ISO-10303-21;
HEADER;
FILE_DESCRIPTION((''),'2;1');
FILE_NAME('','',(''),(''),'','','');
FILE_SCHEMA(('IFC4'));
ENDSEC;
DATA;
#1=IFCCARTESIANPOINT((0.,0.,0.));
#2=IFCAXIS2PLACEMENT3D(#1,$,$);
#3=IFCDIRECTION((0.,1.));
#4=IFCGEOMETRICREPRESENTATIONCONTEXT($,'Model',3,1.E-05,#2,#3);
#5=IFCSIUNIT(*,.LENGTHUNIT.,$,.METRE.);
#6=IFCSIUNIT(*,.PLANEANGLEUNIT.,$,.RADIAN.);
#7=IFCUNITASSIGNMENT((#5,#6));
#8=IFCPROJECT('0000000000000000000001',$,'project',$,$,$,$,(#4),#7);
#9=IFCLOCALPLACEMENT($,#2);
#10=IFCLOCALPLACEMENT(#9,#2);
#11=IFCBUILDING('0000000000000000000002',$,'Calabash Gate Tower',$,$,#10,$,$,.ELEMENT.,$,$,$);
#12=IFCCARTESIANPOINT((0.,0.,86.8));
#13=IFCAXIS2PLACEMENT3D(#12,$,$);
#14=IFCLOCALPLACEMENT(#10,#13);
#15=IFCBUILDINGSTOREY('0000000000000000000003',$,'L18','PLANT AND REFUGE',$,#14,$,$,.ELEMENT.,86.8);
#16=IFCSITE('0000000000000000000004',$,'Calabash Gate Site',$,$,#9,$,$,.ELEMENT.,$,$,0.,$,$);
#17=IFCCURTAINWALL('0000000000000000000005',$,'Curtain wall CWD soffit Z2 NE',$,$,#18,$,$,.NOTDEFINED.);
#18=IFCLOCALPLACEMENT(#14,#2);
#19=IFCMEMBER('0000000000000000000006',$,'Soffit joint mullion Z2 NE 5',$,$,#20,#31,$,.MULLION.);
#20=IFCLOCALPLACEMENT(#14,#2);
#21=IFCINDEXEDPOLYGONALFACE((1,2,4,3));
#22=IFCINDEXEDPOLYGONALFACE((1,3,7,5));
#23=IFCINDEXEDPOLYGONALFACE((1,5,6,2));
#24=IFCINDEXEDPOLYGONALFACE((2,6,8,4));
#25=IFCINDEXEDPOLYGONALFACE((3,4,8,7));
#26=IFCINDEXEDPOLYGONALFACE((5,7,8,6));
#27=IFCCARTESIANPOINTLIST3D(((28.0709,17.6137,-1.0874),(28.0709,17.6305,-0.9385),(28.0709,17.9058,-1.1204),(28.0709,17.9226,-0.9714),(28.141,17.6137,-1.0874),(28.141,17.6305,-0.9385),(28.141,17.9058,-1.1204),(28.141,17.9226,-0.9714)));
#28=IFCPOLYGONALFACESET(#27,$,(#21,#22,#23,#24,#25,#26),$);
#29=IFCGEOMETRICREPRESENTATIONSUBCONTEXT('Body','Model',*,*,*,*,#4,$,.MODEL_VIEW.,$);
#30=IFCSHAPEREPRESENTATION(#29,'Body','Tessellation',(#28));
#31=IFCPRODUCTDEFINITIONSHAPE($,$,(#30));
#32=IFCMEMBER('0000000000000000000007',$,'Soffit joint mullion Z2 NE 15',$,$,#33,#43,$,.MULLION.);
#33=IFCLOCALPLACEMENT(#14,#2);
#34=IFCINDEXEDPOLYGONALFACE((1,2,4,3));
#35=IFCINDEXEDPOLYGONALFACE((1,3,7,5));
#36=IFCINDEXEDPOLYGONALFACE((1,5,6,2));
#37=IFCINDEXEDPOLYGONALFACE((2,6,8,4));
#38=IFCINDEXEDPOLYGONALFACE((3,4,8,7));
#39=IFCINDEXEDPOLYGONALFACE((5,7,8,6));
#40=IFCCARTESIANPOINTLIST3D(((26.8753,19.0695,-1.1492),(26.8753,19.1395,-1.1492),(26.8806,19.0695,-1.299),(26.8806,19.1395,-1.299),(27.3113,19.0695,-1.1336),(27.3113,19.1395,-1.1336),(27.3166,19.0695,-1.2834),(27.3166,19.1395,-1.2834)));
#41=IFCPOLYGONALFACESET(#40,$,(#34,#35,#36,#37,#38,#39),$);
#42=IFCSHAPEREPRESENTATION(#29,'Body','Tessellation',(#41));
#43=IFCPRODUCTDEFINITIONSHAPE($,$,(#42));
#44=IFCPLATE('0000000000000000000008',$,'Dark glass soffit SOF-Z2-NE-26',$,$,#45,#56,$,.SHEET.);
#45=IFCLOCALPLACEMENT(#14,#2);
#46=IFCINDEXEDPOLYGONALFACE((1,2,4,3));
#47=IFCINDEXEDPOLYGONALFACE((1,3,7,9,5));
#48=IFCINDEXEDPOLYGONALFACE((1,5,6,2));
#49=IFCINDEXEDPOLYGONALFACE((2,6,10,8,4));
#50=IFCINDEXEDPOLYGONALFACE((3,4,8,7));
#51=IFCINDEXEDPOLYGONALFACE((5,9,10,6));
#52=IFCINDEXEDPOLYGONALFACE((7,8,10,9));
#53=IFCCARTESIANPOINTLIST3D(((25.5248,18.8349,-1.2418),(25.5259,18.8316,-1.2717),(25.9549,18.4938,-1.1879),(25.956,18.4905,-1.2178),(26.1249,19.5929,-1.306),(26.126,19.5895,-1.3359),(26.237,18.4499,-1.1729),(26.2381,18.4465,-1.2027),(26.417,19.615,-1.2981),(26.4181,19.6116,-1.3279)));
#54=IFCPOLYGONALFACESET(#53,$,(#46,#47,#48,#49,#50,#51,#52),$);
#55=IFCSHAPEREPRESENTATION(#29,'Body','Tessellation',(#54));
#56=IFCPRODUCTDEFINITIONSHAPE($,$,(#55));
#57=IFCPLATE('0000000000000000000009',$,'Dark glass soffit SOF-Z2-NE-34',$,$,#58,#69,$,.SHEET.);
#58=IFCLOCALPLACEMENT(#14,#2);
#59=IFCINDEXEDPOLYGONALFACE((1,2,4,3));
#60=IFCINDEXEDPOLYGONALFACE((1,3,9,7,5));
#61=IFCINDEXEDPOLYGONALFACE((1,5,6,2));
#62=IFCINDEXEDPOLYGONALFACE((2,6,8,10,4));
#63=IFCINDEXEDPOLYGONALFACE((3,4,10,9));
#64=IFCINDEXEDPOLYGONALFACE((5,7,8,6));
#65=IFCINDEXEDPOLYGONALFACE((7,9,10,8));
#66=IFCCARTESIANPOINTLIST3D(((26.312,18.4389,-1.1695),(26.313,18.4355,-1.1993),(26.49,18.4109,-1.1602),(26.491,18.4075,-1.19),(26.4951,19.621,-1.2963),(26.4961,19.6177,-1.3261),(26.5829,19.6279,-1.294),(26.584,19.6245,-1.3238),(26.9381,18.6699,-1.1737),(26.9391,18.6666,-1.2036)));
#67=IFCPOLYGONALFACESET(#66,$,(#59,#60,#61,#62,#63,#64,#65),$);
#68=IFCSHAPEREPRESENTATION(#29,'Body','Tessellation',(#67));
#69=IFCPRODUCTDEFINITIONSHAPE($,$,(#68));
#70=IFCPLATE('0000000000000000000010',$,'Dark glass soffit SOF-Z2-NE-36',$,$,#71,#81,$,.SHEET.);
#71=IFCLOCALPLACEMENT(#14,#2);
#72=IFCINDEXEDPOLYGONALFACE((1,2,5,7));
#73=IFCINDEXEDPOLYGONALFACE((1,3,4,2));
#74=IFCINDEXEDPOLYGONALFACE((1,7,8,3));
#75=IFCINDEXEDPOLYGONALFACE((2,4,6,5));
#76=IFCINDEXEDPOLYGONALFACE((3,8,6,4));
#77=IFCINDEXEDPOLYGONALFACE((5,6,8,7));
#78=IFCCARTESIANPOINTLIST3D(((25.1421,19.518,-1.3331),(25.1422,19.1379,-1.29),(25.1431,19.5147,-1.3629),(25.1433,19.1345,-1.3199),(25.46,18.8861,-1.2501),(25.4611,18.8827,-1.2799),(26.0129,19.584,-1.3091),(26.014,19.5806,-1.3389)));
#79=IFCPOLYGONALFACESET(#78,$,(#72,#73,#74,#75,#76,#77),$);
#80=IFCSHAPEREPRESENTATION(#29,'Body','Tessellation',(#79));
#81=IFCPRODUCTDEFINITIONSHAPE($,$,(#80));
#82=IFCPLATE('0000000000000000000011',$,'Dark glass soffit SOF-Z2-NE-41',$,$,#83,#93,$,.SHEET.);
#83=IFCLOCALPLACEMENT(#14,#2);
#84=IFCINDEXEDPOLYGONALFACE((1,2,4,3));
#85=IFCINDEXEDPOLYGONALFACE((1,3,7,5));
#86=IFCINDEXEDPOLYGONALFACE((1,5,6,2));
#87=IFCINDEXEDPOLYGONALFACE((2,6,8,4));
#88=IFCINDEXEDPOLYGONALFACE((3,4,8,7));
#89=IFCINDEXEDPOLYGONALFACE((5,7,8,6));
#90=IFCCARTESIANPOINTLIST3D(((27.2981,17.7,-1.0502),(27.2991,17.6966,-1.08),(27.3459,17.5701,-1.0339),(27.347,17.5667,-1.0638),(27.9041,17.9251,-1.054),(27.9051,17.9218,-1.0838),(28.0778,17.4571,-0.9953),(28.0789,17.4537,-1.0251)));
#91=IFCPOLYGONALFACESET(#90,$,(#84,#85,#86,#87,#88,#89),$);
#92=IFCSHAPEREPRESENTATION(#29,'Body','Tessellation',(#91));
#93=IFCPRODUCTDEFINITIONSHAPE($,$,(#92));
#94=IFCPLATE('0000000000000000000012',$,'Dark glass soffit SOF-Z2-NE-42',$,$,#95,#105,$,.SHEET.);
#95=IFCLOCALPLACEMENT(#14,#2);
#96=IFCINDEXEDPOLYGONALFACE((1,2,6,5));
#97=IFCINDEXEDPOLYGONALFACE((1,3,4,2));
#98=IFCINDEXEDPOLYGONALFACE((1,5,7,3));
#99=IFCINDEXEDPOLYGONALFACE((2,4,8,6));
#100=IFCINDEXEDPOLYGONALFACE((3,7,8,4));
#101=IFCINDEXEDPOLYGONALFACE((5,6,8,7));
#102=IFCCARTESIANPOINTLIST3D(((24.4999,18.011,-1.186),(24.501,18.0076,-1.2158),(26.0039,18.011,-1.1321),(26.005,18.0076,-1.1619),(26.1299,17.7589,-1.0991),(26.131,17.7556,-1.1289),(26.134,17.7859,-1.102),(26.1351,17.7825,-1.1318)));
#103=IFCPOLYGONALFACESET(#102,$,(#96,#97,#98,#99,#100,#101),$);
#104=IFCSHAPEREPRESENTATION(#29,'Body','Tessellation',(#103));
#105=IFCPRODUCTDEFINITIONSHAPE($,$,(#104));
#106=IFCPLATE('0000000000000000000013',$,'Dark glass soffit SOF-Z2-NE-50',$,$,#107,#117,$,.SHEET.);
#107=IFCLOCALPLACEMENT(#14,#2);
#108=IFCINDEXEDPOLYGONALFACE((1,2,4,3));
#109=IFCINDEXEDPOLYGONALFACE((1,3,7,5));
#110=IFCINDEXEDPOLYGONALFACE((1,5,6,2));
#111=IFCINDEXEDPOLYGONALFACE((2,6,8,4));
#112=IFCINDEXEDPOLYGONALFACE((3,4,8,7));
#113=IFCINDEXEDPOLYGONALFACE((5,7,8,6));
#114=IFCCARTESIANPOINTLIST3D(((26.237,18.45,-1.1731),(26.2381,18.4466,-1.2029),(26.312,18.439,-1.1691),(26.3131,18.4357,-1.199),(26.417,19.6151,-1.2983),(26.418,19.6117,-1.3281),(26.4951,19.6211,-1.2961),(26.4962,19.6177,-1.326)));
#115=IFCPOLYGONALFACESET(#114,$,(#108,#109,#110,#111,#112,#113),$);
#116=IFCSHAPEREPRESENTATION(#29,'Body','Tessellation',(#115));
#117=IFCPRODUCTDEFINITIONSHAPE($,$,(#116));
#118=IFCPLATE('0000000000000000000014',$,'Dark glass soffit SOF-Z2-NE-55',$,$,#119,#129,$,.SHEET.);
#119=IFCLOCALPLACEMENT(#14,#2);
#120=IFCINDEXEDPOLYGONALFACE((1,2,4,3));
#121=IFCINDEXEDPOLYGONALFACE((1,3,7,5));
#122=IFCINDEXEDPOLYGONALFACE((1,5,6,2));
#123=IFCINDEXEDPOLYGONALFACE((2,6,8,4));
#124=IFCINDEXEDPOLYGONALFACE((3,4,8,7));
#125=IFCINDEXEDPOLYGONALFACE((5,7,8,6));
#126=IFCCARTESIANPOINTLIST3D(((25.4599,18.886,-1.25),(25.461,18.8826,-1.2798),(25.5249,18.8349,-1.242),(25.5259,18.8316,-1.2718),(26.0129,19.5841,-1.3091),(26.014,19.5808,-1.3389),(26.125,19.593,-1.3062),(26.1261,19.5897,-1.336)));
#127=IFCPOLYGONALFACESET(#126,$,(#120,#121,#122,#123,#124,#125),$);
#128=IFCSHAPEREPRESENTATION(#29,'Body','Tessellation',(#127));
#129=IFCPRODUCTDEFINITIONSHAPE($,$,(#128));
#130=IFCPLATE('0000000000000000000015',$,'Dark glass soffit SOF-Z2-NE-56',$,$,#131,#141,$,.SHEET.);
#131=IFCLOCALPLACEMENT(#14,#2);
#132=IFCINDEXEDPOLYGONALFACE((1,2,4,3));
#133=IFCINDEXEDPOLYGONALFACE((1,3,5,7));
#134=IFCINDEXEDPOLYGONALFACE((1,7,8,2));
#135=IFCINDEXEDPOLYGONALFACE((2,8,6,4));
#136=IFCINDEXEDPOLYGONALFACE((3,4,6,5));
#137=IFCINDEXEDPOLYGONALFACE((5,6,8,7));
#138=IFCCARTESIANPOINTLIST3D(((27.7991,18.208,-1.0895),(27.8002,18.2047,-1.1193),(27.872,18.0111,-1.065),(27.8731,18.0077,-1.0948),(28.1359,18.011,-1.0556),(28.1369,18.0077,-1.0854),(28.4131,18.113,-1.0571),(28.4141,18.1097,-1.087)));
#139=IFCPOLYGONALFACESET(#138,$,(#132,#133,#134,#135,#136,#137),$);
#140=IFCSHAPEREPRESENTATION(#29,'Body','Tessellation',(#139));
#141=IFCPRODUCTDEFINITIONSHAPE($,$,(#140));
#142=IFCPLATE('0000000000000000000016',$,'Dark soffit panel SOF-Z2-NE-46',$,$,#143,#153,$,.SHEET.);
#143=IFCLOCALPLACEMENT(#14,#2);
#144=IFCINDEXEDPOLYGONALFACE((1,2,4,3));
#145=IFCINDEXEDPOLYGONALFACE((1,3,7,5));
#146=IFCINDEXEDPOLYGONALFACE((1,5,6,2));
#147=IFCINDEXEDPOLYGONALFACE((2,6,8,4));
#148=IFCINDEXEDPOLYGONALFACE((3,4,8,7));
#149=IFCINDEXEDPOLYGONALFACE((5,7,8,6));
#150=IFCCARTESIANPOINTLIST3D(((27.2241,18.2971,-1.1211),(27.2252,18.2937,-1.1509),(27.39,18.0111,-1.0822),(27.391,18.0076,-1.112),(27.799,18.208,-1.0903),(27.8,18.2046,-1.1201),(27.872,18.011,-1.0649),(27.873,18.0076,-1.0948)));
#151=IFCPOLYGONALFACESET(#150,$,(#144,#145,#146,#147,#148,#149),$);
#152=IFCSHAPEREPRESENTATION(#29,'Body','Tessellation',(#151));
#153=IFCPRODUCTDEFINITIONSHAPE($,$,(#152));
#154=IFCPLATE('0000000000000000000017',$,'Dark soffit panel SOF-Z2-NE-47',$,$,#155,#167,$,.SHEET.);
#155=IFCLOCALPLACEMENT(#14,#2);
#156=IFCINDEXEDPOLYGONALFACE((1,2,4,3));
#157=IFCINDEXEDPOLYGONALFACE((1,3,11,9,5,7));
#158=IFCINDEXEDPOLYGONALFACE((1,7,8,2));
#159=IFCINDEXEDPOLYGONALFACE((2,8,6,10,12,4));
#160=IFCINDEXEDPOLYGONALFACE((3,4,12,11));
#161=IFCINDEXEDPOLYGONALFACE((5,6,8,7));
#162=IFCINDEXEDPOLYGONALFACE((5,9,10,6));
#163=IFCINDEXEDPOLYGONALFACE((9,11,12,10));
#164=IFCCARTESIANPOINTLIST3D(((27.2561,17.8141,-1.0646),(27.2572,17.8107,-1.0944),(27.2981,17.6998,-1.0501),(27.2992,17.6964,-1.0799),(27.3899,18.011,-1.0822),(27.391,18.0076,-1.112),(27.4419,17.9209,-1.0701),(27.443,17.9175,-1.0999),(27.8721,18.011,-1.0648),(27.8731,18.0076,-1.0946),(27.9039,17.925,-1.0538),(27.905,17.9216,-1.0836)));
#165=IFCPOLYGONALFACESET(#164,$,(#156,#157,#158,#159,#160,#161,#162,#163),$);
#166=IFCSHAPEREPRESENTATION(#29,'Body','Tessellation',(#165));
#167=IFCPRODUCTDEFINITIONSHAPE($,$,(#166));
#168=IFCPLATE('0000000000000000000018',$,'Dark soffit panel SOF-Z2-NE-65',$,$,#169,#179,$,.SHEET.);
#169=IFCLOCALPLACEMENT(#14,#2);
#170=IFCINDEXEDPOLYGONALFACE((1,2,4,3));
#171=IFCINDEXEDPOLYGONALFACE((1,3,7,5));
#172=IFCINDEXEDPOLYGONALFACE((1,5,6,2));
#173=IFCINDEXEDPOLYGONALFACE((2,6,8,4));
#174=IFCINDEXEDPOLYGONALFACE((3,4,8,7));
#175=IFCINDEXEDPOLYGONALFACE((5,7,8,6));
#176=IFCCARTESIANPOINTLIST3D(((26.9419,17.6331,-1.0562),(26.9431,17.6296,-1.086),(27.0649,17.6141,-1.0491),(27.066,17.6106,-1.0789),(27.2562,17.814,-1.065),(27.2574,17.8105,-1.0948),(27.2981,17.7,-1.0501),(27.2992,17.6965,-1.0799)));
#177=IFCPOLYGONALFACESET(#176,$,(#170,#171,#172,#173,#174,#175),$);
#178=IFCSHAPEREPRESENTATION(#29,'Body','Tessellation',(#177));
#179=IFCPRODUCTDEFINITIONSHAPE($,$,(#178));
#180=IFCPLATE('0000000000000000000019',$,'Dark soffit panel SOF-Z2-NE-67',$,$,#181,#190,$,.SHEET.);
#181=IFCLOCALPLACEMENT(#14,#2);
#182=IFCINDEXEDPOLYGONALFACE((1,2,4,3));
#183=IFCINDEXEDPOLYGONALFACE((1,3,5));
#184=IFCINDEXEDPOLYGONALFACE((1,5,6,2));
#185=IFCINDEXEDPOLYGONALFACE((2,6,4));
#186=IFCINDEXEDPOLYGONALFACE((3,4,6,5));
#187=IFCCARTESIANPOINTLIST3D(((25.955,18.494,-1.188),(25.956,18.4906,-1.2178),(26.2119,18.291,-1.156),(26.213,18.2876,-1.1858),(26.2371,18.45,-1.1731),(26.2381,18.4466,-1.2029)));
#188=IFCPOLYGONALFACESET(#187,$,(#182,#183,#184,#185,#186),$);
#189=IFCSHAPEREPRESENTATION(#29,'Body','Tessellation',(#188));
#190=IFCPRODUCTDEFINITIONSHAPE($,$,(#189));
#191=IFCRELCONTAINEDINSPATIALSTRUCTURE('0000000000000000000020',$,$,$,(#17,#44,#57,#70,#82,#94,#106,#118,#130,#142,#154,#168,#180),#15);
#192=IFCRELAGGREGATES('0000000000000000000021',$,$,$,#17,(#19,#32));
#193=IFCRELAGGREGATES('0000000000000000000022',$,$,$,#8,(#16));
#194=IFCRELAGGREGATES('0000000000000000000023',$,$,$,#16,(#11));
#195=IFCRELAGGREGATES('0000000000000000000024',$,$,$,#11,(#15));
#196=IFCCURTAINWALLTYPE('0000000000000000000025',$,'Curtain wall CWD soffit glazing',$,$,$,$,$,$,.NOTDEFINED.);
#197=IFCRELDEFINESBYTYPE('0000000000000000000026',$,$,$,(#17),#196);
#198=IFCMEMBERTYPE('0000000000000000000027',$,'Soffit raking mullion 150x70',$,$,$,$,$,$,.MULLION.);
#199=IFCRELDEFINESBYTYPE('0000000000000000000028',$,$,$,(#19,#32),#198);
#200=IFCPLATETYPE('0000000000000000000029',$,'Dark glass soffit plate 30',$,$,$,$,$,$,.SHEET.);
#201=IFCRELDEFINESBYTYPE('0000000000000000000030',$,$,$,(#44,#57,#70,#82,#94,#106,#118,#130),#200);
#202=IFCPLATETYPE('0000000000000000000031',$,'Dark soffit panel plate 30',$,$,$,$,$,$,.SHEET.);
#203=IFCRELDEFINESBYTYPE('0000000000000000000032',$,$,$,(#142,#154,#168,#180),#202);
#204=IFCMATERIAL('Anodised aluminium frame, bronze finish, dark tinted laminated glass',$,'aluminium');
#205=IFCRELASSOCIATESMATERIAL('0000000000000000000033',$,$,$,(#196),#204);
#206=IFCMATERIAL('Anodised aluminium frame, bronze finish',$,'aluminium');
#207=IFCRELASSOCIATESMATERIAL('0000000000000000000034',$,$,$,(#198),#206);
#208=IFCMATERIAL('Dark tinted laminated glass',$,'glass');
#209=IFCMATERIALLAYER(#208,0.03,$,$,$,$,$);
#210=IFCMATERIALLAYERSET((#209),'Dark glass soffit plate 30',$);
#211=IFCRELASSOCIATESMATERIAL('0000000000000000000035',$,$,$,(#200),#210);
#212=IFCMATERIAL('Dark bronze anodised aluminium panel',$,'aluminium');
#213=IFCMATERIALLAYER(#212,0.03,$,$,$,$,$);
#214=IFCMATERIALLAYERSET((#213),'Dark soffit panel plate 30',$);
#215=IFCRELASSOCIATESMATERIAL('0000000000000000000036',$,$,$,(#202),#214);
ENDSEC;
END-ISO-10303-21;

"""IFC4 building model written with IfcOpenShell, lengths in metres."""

from ifc_helpers import new_model, si_unit, direction, frame, origin, origin_2d, place, context, subcontext, project, spatial, polyline, rectangle, outline, extrude, material, layer, layer_set, material_profile, profile_set, type_object, element, aggregate, save


model = new_model("IFC4")

# Units and contexts
model_context = context("Model", 3, precision=1e-05, world=origin(), true_north=direction((0.0, 1.0)))
body_context = subcontext(model_context, "Body", "Model", "MODEL_VIEW")
ifc_project = project(units=[si_unit("LENGTHUNIT", "METRE"), si_unit("PLANEANGLEUNIT", "RADIAN")], contexts=[model_context])

# Site, building, storey
site_placement = place(None, origin())
site = spatial("IfcSite", under=ifc_project, at=site_placement, Name="Calabash Gate Site", CompositionType="ELEMENT", RefElevation=0.0)
building_placement = place(site_placement, origin())
building = spatial("IfcBuilding", under=site, at=building_placement, Name="Calabash Gate Tower", CompositionType="ELEMENT")
storey_placement = place(building_placement, frame((0.0, 0.0, 86.8)))
storey = spatial("IfcBuildingStorey", under=building, at=storey_placement, Name="L18", Description="PLANT AND REFUGE", CompositionType="ELEMENT", Elevation=86.8)

# Curtain wall, members
ifc_material_1 = material(Name="Anodised aluminium frame, bronze finish, dark tinted laminated glass", Category="aluminium")
curtain_wall_type = type_object("IfcCurtainWallType", Name="Curtain wall CWD soffit glazing", PredefinedType="NOTDEFINED", material=ifc_material_1)
curtain_wall_placement = place(storey_placement, origin())
curtain_wall = element("IfcCurtainWall", 1, at=curtain_wall_placement, inside=storey, type_object=curtain_wall_type, Name="Curtain wall CWD soffit Z2 NE", PredefinedType="NOTDEFINED")
ifc_material_2 = material(Name="Anodised aluminium frame, bronze finish", Category="aluminium")
ifc_material_profile = material_profile(ifc_material_2, rectangle(XDim=0.1499, YDim=0.0701, at=origin_2d()))
ifc_profile_set = profile_set([ifc_material_profile], Name="Anodised aluminium frame, bronze finish")
member_type = type_object("IfcMemberType", Name="Soffit raking mullion 150x70", PredefinedType="MULLION", material=ifc_profile_set)
member_1_placement = place(storey_placement, frame((28.106, 17.6221, -1.0129), z_axis=(0.0, 0.99369, -0.112164), x_axis=(0.0, 0.112164, 0.99369)))
member_1 = element("IfcMember", 2, at=member_1_placement, type_object=member_type, Name="Soffit joint mullion Z2 NE 5", PredefinedType="MULLION", context=body_context, shape_type="SweptSolid", body=[
    extrude(rectangle(XDim=0.1499, YDim=0.0701, at=origin_2d()), origin(), (0.0, 0.0, 1.0), 0.2939),
])
member_2_placement = place(storey_placement, frame((27.314, 19.1045, -1.2085), z_axis=(-0.999359, 0.0, -0.035811), x_axis=(-0.035811, 0.0, 0.999359)))
member_2 = element("IfcMember", 3, at=member_2_placement, type_object=member_type, Name="Soffit joint mullion Z2 NE 15", PredefinedType="MULLION", context=body_context, shape_type="SweptSolid", body=[
    extrude(rectangle(XDim=0.1499, YDim=0.0701, at=origin_2d()), origin(), (0.0, 0.0, 1.0), 0.4363),
])
aggregate(curtain_wall, [member_1, member_2])

# Plates
ifc_material_3 = material(Name="Dark tinted laminated glass", Category="glass")
ifc_layer_1 = layer(ifc_material_3, 0.03)
ifc_layer_set_1 = layer_set([ifc_layer_1], Name="Dark glass soffit plate 30")
plate_type_1 = type_object("IfcPlateType", Name="Dark glass soffit plate 30", PredefinedType="SHEET", material=ifc_layer_set_1)
plate_1_placement = place(storey_placement, frame((26.417, 19.615, -1.2981), z_axis=(-0.035475, 0.112183, 0.993054), x_axis=(-0.151788, -0.982756, 0.105597)))
element("IfcPlate", 4, at=plate_1_placement, inside=storey, type_object=plate_type_1, Name="Dark glass soffit SOF-Z2-NE-26", PredefinedType="SHEET", context=body_context, shape_type="SweptSolid", body=[
    extrude(outline(polyline([(0.0, 0.0), (1.1855, 0.0), (1.1836, -0.2859), (0.908, -0.7637), (0.0652, -0.2856), (0.0, 0.0)])), origin(), (0.0, 0.0, -1.0), 0.03),
])
plate_2_placement = place(storey_placement, frame((26.49, 18.4109, -1.1602), z_axis=(-0.034536, 0.111852, 0.993125), x_axis=(-0.98651, 0.155293, -0.051796)))
element("IfcPlate", 5, at=plate_2_placement, inside=storey, type_object=plate_type_1, Name="Dark glass soffit SOF-Z2-NE-34", PredefinedType="SHEET", context=body_context, shape_type="SweptSolid", body=[
    extrude(outline(polyline([(0.0, 0.0), (0.1804, 0.0), (0.1899, -1.2029), (0.1042, -1.2234), (-0.4011, -0.3274), (0.0, 0.0)])), origin(), (0.0, 0.0, -1.0), 0.03),
])
plate_3_placement = place(storey_placement, frame((26.0129, 19.584, -1.3091), z_axis=(-0.035846, 0.112381, 0.993018), x_axis=(-0.619613, -0.782116, 0.066146)))
element("IfcPlate", 6, at=plate_3_placement, inside=storey, type_object=plate_type_1, Name="Dark glass soffit SOF-Z2-NE-36", PredefinedType="SHEET", context=body_context, shape_type="SweptSolid", body=[
    extrude(outline(polyline([(0.0, 0.0), (0.8923, 0.0), (0.8896, -0.4075), (0.5896, -0.6448), (0.0, 0.0)])), origin(), (0.0, 0.0, -1.0), 0.03),
])
plate_4_placement = place(storey_placement, frame((27.3459, 17.5701, -1.0339), z_axis=(-0.035249, 0.111429, 0.993147), x_axis=(-0.343347, 0.931924, -0.116746)))
element("IfcPlate", 7, at=plate_4_placement, inside=storey, type_object=plate_type_1, Name="Dark glass soffit SOF-Z2-NE-41", PredefinedType="SHEET", context=body_context, shape_type="SweptSolid", body=[
    extrude(outline(polyline([(0.0, 0.0), (0.1394, 0.0), (0.1416, -0.6465), (-0.3611, -0.6477), (0.0, 0.0)])), origin(), (0.0, 0.0, -1.0), 0.03),
])
plate_5_placement = place(storey_placement, frame((26.0039, 18.011, -1.1321), z_axis=(-0.035597, 0.112108, 0.993058), x_axis=(0.49717, -0.860011, 0.114909)))
element("IfcPlate", 8, at=plate_5_placement, inside=storey, type_object=plate_type_1, Name="Dark glass soffit SOF-Z2-NE-42", PredefinedType="SHEET", context=body_context, shape_type="SweptSolid", body=[
    extrude(outline(polyline([(0.0, 0.0), (0.2617, 0.0), (0.2832, -0.0171), (-0.7539, -1.3025), (0.0, 0.0)])), origin(), (0.0, 0.0, -1.0), 0.03),
])
plate_6_placement = place(storey_placement, frame((26.4951, 19.6211, -1.2961), z_axis=(-0.036013, 0.112268, 0.993025), x_axis=(-0.152206, -0.982693, 0.10558)))
element("IfcPlate", 9, at=plate_6_placement, inside=storey, type_object=plate_type_1, Name="Dark glass soffit SOF-Z2-NE-50", PredefinedType="SHEET", context=body_context, shape_type="SweptSolid", body=[
    extrude(outline(polyline([(0.0, 0.0), (1.2029, 0.0), (1.2031, -0.0759), (0.0176, -0.0764), (0.0, 0.0)])), origin(), (0.0, 0.0, -1.0), 0.03),
])
plate_7_placement = place(storey_placement, frame((26.125, 19.593, -1.3062), z_axis=(-0.035097, 0.111885, 0.993101), x_axis=(-0.619319, -0.782339, 0.066252)))
element("IfcPlate", 10, at=plate_7_placement, inside=storey, type_object=plate_type_1, Name="Dark glass soffit SOF-Z2-NE-55", PredefinedType="SHEET", context=body_context, shape_type="SweptSolid", body=[
    extrude(outline(polyline([(0.0, 0.0), (0.969, 0.0), (0.9688, -0.083), (0.0762, -0.0828), (0.0, 0.0)])), origin(), (0.0, 0.0, -1.0), 0.03),
])
plate_8_placement = place(storey_placement, frame((28.4131, 18.113, -1.0571), z_axis=(-0.035244, 0.110806, 0.993217), x_axis=(-0.93845, -0.345375, 0.005231)))
element("IfcPlate", 11, at=plate_8_placement, inside=storey, type_object=plate_type_1, Name="Dark glass soffit SOF-Z2-NE-56", PredefinedType="SHEET", context=body_context, shape_type="SweptSolid", body=[
    extrude(outline(polyline([(0.0, 0.0), (0.2954, 0.0), (0.543, -0.0918), (0.5432, -0.3032), (0.0, 0.0)])), origin(), (0.0, 0.0, -1.0), 0.03),
])
ifc_material_4 = material(Name="Dark bronze anodised aluminium panel", Category="aluminium")
ifc_layer_2 = layer(ifc_material_4, 0.03)
ifc_layer_set_2 = layer_set([ifc_layer_2], Name="Dark soffit panel plate 30")
plate_type_2 = type_object("IfcPlateType", Name="Dark soffit panel plate 30", PredefinedType="SHEET", material=ifc_layer_set_2)
plate_9_placement = place(storey_placement, frame((27.2241, 18.2971, -1.1211), z_axis=(-0.035527, 0.114382, 0.992801), x_axis=(0.986811, -0.152976, 0.052937)))
element("IfcPlate", 12, at=plate_9_placement, inside=storey, type_object=plate_type_2, Name="Dark soffit panel SOF-Z2-NE-46", PredefinedType="SHEET", context=body_context, shape_type="SweptSolid", body=[
    extrude(outline(polyline([(0.0, 0.0), (0.5825, 0.0), (0.686, -0.1846), (0.2095, -0.2588), (0.0, 0.0)])), origin(), (0.0, 0.0, -1.0), 0.03),
])
plate_10_placement = place(storey_placement, frame((27.4419, 17.9209, -1.0701), z_axis=(-0.035953, 0.113187, 0.992923), x_axis=(-0.496588, 0.860195, -0.116038)))
element("IfcPlate", 13, at=plate_10_placement, inside=storey, type_object=plate_type_2, Name="Dark soffit panel SOF-Z2-NE-47", PredefinedType="SHEET", context=body_context, shape_type="SweptSolid", body=[
    extrude(outline(polyline([(0.0, 0.0), (0.1047, 0.0), (-0.1367, -0.4177), (-0.2278, -0.4023), (-0.1211, 0.2351), (-0.0002, 0.2144), (0.0, 0.0)])), origin(), (0.0, 0.0, -1.0), 0.03),
])
plate_11_placement = place(storey_placement, frame((26.9419, 17.6331, -1.0562), z_axis=(-0.038759, 0.115826, 0.992513), x_axis=(0.866374, 0.498801, -0.024377)))
element("IfcPlate", 14, at=plate_11_placement, inside=storey, type_object=plate_type_2, Name="Dark soffit panel SOF-Z2-NE-65", PredefinedType="SHEET", context=body_context, shape_type="SweptSolid", body=[
    extrude(outline(polyline([(0.0, 0.0), (0.3628, 0.0), (0.3418, -0.1206), (0.0969, -0.0784), (0.0, 0.0)])), origin(), (0.0, 0.0, -1.0), 0.03),
])
plate_12_placement = place(storey_placement, frame((26.2371, 18.45, -1.1731), z_axis=(-0.034944, 0.112309, 0.993059), x_axis=(-0.1554, -0.98219, 0.105612)))
element("IfcPlate", 15, at=plate_12_placement, inside=storey, type_object=plate_type_2, Name="Dark soffit panel SOF-Z2-NE-67", PredefinedType="SHEET", context=body_context, shape_type="SweptSolid", body=[
    extrude(outline(polyline([(0.0, 0.0), (0.1619, 0.0), (-0.001, -0.2859), (0.0, 0.0)])), origin(), (0.0, 0.0, -1.0), 0.03),
])

save(model, "model.ifc")
